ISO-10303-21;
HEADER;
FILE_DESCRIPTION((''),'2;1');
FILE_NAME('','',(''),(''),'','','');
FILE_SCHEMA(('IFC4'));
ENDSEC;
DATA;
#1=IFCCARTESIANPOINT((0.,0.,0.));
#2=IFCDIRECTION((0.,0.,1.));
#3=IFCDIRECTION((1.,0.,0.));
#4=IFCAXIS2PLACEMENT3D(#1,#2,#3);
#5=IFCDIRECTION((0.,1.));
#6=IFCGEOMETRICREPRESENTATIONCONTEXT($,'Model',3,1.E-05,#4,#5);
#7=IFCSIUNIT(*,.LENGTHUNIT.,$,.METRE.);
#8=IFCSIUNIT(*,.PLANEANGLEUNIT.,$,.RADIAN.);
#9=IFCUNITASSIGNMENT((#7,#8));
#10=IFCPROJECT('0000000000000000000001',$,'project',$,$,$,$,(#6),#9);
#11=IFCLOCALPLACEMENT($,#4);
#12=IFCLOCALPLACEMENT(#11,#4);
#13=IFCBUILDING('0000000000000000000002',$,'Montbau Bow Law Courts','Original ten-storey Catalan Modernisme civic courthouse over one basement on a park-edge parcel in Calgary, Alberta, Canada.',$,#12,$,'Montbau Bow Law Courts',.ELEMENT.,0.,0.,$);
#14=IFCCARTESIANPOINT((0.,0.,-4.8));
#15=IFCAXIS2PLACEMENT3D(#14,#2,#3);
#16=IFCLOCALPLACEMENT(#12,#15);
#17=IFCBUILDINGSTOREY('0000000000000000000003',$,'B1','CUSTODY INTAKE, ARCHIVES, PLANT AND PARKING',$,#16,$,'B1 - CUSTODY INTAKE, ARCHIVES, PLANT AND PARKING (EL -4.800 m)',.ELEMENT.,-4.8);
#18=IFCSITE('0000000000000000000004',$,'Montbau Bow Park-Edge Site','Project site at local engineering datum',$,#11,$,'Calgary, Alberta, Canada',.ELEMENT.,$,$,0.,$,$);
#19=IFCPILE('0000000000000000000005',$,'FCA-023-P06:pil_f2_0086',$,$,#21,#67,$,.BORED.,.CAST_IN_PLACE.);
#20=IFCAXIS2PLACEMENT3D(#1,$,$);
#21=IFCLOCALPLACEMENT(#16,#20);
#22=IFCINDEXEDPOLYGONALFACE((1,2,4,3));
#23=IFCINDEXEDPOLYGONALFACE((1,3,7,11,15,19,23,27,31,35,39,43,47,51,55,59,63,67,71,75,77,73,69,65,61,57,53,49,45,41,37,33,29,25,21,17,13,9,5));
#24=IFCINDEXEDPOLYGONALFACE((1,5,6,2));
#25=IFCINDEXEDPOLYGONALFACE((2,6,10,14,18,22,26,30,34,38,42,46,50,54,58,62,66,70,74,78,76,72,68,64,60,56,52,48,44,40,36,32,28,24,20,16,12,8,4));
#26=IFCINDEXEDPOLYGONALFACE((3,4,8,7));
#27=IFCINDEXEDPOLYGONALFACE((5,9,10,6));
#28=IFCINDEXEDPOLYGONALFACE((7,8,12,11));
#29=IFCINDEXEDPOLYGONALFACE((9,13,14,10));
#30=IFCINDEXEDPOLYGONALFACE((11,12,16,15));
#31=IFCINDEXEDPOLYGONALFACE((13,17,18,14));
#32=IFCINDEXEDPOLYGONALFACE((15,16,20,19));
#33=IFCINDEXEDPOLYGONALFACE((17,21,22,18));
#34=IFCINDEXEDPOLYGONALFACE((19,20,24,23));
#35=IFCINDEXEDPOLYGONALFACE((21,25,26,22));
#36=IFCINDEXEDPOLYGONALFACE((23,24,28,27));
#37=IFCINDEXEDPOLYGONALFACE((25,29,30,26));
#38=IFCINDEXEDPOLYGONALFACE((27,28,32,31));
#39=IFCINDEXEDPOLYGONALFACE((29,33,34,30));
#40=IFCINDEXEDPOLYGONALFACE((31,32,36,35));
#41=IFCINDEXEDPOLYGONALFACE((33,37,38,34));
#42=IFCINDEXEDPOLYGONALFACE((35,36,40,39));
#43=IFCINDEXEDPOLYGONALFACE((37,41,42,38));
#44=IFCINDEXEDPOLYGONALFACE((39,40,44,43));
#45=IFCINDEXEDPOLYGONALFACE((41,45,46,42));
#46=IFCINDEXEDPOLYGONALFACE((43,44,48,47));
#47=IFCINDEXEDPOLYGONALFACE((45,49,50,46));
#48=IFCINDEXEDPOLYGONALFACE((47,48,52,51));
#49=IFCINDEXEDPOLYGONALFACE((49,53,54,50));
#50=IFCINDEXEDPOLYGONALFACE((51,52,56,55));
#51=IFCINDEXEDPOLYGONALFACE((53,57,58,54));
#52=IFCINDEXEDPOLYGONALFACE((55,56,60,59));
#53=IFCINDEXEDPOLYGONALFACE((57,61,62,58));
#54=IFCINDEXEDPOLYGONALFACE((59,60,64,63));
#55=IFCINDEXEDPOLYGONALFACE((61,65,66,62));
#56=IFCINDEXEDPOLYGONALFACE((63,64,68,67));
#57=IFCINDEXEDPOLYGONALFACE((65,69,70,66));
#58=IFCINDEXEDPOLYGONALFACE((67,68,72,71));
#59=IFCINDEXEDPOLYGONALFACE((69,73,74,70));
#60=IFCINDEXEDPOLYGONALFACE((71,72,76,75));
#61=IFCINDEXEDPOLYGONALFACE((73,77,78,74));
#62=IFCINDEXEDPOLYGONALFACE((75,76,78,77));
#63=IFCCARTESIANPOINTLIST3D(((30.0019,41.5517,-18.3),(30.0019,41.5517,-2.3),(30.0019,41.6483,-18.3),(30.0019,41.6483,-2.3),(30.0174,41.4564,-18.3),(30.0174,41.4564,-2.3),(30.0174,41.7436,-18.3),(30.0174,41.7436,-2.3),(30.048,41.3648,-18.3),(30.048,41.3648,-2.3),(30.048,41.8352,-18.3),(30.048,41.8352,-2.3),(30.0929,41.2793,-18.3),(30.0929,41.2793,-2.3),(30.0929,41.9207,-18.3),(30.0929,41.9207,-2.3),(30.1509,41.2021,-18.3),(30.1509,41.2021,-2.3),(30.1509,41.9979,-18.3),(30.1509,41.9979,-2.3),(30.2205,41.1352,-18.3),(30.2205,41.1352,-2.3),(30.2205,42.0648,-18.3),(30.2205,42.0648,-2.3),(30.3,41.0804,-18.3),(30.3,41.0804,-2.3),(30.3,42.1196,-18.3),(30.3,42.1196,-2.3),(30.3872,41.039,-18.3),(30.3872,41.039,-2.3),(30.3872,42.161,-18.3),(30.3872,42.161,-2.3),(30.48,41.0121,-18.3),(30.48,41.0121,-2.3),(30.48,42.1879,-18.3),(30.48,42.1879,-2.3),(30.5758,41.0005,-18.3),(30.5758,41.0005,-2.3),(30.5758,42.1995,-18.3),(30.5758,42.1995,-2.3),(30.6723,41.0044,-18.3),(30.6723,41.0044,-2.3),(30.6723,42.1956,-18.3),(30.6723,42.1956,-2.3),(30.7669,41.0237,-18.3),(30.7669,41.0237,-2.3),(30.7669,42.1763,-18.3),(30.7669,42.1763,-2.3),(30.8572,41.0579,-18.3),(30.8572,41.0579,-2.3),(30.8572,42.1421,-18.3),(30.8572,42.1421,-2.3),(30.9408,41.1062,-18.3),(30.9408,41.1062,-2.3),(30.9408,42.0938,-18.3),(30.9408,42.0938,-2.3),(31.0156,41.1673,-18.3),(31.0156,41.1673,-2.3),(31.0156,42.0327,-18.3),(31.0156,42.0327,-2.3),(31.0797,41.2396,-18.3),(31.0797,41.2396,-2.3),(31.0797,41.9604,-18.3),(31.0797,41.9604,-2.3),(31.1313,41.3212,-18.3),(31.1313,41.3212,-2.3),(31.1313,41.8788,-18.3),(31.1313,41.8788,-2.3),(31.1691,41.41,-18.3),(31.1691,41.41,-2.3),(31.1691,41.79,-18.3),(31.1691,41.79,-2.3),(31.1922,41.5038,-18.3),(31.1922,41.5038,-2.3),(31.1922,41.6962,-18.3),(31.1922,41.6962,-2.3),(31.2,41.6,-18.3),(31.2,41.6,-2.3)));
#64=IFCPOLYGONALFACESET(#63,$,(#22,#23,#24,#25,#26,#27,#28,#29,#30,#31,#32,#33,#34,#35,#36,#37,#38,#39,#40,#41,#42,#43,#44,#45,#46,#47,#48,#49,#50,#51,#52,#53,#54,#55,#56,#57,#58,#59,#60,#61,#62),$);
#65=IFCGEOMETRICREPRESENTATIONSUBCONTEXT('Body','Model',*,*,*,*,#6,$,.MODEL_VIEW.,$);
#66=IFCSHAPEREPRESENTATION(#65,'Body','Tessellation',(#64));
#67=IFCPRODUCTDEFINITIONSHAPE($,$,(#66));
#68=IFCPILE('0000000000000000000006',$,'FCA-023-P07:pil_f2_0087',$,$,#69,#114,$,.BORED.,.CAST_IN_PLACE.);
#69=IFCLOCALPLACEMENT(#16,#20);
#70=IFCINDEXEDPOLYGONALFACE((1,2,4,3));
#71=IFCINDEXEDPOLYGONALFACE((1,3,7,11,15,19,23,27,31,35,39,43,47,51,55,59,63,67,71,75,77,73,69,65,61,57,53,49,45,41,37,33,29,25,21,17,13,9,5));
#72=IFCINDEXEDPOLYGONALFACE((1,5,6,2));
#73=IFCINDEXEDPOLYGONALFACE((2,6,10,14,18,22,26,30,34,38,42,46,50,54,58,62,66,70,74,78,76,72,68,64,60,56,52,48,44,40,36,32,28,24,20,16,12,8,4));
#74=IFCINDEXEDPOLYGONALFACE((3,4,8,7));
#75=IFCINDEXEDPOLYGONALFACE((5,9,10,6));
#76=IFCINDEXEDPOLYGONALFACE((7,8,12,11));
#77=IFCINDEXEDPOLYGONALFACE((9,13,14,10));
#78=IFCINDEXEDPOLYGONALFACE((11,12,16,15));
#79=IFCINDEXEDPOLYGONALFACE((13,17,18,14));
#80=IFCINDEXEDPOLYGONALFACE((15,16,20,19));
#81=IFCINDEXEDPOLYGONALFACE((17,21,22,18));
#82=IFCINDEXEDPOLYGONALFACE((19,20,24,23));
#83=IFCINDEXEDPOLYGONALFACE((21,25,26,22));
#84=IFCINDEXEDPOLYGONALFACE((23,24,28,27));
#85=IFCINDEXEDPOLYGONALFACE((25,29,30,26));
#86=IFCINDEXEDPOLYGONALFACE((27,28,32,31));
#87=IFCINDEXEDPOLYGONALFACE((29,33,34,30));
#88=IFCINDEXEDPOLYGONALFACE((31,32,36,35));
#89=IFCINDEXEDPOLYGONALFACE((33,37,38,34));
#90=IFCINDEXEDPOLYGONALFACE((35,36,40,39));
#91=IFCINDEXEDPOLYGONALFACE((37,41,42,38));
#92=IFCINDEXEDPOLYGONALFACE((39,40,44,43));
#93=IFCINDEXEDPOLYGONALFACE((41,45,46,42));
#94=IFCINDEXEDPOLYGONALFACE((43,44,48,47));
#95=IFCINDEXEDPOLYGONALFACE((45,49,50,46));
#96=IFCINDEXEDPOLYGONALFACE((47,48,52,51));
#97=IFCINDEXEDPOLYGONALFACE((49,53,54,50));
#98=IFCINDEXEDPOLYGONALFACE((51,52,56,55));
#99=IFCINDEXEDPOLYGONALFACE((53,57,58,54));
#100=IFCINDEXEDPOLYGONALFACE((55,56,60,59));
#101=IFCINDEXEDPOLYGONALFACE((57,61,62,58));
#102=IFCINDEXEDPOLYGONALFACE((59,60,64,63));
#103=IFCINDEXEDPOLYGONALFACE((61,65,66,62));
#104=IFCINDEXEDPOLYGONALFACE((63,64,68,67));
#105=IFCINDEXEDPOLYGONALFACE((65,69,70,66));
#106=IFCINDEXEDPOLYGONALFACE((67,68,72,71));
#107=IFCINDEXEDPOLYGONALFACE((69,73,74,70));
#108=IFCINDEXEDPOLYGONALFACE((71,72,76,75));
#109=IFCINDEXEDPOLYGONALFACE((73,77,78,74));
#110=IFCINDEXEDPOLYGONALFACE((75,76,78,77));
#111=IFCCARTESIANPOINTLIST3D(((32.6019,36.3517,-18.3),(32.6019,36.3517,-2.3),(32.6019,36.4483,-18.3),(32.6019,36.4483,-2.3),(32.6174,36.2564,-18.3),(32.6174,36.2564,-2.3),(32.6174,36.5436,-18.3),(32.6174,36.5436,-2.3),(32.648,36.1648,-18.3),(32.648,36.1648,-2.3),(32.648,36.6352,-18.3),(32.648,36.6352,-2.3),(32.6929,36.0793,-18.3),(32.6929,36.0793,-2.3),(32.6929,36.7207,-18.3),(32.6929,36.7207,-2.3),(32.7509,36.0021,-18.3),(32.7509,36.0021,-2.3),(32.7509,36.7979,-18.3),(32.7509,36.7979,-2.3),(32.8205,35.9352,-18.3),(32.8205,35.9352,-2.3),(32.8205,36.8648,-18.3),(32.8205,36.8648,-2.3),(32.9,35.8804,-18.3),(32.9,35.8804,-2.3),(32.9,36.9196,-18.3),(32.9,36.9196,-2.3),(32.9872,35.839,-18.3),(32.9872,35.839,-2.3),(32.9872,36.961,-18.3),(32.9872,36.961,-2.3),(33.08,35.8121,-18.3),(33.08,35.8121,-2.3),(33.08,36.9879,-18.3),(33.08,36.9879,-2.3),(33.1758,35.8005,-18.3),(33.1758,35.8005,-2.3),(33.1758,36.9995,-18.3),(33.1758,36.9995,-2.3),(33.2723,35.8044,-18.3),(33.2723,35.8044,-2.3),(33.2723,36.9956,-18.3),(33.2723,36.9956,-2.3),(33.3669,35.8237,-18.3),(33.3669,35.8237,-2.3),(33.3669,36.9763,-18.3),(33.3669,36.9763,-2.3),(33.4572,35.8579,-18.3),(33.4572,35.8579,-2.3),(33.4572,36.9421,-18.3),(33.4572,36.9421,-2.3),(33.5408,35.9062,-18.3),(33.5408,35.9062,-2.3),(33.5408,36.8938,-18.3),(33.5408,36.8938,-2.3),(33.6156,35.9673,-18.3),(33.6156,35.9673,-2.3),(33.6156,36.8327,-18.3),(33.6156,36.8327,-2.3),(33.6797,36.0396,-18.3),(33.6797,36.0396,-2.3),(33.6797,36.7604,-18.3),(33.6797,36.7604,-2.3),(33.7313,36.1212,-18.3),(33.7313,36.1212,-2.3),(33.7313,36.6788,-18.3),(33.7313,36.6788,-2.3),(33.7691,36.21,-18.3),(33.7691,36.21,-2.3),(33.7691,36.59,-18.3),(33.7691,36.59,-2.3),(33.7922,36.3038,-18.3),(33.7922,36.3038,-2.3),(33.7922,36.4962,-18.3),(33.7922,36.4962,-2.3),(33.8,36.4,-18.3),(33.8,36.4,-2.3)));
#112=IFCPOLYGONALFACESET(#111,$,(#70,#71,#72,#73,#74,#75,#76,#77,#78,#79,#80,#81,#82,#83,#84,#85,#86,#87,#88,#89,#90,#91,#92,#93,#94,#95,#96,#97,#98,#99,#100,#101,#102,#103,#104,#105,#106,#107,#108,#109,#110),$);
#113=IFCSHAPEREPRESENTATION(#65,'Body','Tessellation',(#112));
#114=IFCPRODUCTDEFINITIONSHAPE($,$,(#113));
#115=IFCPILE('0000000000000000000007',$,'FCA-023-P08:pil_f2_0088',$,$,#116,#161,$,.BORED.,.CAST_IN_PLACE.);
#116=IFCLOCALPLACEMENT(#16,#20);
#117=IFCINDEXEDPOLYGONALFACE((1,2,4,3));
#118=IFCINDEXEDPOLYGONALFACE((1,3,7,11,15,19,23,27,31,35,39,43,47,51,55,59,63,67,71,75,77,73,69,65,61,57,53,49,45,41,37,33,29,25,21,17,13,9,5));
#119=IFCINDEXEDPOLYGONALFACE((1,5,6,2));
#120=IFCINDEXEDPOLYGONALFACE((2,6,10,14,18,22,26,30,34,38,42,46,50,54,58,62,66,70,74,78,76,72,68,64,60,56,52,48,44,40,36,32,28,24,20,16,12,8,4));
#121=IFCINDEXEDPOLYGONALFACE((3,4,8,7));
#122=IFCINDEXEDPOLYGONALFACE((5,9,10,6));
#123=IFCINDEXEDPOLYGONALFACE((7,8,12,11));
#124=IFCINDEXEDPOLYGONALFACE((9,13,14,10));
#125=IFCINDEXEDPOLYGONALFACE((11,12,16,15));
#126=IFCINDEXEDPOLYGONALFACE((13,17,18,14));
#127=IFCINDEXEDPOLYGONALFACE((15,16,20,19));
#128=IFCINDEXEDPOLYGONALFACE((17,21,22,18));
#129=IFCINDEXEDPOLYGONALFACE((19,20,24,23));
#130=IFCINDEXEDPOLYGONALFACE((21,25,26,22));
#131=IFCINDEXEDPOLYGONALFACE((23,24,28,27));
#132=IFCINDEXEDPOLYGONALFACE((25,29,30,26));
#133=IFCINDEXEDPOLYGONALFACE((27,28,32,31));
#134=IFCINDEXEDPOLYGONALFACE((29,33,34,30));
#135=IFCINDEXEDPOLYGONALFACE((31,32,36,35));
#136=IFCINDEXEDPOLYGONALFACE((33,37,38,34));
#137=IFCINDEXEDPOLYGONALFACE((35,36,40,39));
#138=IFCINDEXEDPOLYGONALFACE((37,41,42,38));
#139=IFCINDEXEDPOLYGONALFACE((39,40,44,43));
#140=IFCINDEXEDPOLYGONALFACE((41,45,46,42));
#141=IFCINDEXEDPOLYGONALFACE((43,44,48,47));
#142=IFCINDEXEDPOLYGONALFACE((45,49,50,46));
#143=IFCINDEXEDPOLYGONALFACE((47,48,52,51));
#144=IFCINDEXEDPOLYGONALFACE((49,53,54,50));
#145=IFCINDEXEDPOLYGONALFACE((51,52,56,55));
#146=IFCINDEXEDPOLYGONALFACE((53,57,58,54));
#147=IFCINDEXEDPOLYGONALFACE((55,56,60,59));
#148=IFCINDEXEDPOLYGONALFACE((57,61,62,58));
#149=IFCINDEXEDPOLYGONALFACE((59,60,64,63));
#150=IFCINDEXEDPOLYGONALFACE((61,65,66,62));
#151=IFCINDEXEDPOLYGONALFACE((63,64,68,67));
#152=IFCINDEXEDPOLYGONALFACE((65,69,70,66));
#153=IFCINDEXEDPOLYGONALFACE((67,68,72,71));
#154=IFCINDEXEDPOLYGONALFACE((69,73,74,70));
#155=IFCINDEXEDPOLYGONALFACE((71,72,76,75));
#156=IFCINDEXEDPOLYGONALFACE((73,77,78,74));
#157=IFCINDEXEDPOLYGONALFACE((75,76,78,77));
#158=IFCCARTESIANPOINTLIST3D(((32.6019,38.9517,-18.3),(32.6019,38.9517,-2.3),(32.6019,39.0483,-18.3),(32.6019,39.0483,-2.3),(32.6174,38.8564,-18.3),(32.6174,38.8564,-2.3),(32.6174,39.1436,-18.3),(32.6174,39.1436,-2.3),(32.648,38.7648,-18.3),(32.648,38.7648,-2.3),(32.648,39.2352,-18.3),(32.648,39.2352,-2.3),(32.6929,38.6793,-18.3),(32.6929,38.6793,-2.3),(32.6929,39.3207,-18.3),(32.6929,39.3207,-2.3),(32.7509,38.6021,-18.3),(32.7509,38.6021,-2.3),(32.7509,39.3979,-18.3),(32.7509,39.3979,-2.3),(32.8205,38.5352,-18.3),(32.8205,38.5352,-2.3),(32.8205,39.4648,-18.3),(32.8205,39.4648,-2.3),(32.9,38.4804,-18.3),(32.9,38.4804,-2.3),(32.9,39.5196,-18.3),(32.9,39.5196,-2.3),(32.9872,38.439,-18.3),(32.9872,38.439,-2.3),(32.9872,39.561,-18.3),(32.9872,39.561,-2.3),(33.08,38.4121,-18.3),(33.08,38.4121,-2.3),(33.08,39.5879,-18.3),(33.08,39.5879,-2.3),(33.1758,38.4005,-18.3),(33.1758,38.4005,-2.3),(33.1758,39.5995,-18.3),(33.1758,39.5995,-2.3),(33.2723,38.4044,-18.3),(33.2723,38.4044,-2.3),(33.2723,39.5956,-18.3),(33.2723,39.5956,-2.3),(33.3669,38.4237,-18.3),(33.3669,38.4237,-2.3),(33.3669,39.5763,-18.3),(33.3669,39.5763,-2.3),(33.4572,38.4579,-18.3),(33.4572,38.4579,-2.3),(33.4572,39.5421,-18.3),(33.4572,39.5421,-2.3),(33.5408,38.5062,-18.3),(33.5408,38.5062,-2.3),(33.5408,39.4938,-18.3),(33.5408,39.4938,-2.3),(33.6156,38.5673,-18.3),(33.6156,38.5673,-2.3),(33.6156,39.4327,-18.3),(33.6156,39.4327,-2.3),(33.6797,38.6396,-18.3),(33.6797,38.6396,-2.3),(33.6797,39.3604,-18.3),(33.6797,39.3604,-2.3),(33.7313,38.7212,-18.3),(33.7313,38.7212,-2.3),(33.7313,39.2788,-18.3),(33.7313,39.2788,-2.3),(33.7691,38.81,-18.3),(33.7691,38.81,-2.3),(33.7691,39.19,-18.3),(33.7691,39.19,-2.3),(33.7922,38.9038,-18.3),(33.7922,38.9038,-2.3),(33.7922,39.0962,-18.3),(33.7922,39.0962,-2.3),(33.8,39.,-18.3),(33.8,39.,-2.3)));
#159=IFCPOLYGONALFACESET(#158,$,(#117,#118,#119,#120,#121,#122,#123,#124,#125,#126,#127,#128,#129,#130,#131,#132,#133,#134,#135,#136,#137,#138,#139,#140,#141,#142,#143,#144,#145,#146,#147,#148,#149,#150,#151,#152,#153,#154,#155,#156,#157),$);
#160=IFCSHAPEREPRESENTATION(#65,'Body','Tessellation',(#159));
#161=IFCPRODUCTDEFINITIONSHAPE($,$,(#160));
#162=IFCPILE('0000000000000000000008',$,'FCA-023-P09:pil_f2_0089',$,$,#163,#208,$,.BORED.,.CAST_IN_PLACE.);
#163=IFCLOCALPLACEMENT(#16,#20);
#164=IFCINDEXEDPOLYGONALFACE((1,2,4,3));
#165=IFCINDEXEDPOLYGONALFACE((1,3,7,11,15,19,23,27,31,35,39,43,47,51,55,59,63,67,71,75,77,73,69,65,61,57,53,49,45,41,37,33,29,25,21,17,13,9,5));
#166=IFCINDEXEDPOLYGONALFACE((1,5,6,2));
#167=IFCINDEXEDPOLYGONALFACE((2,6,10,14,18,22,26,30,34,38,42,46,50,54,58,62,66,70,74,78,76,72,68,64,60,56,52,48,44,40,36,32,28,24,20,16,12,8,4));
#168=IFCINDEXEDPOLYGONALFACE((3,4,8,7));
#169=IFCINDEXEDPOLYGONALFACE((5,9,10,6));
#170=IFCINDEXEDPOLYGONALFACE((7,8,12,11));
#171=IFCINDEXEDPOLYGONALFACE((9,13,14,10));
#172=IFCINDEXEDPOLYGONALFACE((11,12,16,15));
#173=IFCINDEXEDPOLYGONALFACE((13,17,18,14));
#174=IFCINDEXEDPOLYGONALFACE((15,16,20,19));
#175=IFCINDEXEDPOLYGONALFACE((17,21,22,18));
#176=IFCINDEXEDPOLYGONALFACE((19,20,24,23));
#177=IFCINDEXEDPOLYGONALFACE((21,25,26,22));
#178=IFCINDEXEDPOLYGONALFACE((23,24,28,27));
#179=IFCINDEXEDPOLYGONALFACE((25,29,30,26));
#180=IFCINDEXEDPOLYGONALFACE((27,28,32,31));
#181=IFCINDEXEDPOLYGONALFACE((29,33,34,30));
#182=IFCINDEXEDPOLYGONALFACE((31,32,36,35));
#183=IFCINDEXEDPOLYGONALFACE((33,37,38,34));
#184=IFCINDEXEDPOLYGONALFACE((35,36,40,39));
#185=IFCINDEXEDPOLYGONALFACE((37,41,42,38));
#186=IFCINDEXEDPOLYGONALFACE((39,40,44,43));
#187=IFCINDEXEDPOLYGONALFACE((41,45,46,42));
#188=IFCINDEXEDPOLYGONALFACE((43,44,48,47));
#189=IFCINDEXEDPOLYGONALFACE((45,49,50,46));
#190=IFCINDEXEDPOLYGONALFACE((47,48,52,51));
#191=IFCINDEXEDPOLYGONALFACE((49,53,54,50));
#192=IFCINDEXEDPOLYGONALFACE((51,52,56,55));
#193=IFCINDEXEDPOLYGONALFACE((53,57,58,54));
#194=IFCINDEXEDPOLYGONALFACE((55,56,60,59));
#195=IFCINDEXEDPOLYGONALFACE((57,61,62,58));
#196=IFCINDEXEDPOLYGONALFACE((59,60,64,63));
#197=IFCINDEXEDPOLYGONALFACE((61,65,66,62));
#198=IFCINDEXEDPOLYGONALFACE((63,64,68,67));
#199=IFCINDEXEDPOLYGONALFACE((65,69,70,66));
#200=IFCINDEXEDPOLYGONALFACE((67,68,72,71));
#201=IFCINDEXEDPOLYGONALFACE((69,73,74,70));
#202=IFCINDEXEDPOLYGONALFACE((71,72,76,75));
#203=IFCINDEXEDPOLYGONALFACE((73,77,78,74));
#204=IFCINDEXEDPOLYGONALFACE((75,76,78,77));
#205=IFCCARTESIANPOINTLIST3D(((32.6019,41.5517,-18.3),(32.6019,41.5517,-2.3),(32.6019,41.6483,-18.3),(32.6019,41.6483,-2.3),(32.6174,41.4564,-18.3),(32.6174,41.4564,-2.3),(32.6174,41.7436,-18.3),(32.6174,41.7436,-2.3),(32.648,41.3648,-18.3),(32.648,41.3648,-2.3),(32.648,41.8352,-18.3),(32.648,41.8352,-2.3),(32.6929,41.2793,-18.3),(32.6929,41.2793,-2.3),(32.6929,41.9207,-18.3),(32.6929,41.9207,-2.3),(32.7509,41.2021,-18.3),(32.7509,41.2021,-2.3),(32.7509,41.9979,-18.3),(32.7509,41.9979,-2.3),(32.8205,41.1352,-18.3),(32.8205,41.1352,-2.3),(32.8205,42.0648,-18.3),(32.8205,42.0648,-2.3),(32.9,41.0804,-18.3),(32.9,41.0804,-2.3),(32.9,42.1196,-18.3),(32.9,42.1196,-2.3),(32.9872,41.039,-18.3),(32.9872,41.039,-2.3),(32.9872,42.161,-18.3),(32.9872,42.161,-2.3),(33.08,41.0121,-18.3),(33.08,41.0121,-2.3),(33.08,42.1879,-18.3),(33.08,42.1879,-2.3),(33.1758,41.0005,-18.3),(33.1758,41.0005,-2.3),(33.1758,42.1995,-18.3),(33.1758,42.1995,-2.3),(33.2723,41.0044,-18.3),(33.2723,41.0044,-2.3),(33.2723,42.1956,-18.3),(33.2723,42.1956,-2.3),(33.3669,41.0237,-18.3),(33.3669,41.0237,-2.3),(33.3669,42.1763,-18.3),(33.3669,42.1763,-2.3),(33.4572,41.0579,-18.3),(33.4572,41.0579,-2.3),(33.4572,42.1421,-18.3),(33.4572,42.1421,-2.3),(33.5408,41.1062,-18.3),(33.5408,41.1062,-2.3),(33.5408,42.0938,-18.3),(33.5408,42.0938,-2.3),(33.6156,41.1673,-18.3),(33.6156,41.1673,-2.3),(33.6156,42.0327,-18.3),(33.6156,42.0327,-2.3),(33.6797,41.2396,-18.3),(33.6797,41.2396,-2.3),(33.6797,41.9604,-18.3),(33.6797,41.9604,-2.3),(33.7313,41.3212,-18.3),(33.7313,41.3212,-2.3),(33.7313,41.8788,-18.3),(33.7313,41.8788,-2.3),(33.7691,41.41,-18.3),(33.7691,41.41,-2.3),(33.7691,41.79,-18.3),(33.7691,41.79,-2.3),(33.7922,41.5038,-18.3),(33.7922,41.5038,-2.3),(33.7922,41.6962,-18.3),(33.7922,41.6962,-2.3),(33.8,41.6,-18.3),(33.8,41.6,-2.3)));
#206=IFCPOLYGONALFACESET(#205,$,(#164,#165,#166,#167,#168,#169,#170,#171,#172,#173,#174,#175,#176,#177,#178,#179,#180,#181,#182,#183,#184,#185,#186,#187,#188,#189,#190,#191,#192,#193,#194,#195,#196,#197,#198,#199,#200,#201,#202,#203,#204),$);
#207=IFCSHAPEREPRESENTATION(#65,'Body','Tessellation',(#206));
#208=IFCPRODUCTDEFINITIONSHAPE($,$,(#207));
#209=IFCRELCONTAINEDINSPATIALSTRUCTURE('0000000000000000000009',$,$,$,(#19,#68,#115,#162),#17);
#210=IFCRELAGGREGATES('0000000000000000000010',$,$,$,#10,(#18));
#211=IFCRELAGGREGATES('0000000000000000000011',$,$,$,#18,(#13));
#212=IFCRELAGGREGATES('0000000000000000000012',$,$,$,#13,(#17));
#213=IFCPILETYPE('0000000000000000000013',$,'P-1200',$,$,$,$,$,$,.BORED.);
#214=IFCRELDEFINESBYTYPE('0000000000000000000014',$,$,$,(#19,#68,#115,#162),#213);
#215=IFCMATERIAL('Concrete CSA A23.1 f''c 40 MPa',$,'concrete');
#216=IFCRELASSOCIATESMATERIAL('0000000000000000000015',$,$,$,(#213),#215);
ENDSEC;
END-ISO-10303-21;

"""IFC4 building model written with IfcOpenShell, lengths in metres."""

from ifc_helpers import new_model, si_unit, direction, frame, origin_with_axes, origin_2d_with_axis, place, context, subcontext, project, spatial, circle, extrude, material, material_profile, profile_set, type_object, element, save


model = new_model("IFC4")

# Units and contexts
model_context = context("Model", 3, precision=1e-05, world=origin_with_axes(), true_north=direction((0.0, 1.0)))
body_context = subcontext(model_context, "Body", "Model", "MODEL_VIEW")
ifc_project = project(units=[si_unit("LENGTHUNIT", "METRE"), si_unit("PLANEANGLEUNIT", "RADIAN")], contexts=[model_context])

# Site, building, storey
site_placement = place(None, origin_with_axes())
site = spatial("IfcSite", under=ifc_project, at=site_placement, Name="Montbau Bow Park-Edge Site", Description="Project site at local engineering datum", LongName="Calgary, Alberta, Canada", CompositionType="ELEMENT", RefElevation=0.0)
building_placement = place(site_placement, origin_with_axes())
building = spatial("IfcBuilding", under=site, at=building_placement, Name="Montbau Bow Law Courts", Description="Original ten-storey Catalan Modernisme civic courthouse over one basement on a park-edge parcel in Calgary, Alberta, Canada.", LongName="Montbau Bow Law Courts", CompositionType="ELEMENT", ElevationOfRefHeight=0.0, ElevationOfTerrain=0.0)
storey_placement = place(building_placement, frame((0.0, 0.0, -4.8), z_axis=(0.0, 0.0, 1.0), x_axis=(1.0, 0.0, 0.0)))
storey = spatial("IfcBuildingStorey", under=building, at=storey_placement, Name="B1", Description="CUSTODY INTAKE, ARCHIVES, PLANT AND PARKING", LongName="B1 - CUSTODY INTAKE, ARCHIVES, PLANT AND PARKING (EL -4.800 m)", CompositionType="ELEMENT", Elevation=-4.8)

# Piles
ifc_material_1 = material(Name="Concrete CSA A23.1 f'c 40 MPa", Category="concrete")
ifc_material_profile_1 = material_profile(ifc_material_1, circle(Radius=0.6, at=origin_2d_with_axis()), Name="BP1200", Category="Main", Priority=0)
ifc_profile_set_1 = profile_set([ifc_material_profile_1], Name="Concrete CSA A23.1 f'c 40 MPa")
pile_type_1 = type_object("IfcPileType", Name="P-1200", PredefinedType="BORED", material=ifc_profile_set_1)
for number, where, z_axis, x_axis, name in (
    (1, (30.6, 41.6, -23.1), (0.0, 0.0, 1.0), (1.0, 0.0, 0.0), "FCA-023-P06:pil_f2_0086"),
    (2, (33.2, 36.4, -23.1), (0.0, 0.0, 1.0), (1.0, 0.0, 0.0), "FCA-023-P07:pil_f2_0087"),
    (3, (33.2, 39.0, -23.1), (0.0, 0.0, 1.0), (1.0, 0.0, 0.0), "FCA-023-P08:pil_f2_0088"),
    (4, (33.2, 41.6, -23.1), (0.0, 0.0, 1.0), (1.0, 0.0, 0.0), "FCA-023-P09:pil_f2_0089"),
):
    element("IfcPile", number, at=place(None, frame(where, z_axis=z_axis, x_axis=x_axis)), inside=storey, type_object=pile_type_1, Name=name, ConstructionType="CAST_IN_PLACE", PredefinedType="BORED", context=body_context, shape_type="SweptSolid", body=[
        extrude(circle(Radius=0.6, at=origin_2d_with_axis()), origin_with_axes(), (0.0, 0.0, 1.0), 16.0),
    ])

save(model, "model.ifc")
